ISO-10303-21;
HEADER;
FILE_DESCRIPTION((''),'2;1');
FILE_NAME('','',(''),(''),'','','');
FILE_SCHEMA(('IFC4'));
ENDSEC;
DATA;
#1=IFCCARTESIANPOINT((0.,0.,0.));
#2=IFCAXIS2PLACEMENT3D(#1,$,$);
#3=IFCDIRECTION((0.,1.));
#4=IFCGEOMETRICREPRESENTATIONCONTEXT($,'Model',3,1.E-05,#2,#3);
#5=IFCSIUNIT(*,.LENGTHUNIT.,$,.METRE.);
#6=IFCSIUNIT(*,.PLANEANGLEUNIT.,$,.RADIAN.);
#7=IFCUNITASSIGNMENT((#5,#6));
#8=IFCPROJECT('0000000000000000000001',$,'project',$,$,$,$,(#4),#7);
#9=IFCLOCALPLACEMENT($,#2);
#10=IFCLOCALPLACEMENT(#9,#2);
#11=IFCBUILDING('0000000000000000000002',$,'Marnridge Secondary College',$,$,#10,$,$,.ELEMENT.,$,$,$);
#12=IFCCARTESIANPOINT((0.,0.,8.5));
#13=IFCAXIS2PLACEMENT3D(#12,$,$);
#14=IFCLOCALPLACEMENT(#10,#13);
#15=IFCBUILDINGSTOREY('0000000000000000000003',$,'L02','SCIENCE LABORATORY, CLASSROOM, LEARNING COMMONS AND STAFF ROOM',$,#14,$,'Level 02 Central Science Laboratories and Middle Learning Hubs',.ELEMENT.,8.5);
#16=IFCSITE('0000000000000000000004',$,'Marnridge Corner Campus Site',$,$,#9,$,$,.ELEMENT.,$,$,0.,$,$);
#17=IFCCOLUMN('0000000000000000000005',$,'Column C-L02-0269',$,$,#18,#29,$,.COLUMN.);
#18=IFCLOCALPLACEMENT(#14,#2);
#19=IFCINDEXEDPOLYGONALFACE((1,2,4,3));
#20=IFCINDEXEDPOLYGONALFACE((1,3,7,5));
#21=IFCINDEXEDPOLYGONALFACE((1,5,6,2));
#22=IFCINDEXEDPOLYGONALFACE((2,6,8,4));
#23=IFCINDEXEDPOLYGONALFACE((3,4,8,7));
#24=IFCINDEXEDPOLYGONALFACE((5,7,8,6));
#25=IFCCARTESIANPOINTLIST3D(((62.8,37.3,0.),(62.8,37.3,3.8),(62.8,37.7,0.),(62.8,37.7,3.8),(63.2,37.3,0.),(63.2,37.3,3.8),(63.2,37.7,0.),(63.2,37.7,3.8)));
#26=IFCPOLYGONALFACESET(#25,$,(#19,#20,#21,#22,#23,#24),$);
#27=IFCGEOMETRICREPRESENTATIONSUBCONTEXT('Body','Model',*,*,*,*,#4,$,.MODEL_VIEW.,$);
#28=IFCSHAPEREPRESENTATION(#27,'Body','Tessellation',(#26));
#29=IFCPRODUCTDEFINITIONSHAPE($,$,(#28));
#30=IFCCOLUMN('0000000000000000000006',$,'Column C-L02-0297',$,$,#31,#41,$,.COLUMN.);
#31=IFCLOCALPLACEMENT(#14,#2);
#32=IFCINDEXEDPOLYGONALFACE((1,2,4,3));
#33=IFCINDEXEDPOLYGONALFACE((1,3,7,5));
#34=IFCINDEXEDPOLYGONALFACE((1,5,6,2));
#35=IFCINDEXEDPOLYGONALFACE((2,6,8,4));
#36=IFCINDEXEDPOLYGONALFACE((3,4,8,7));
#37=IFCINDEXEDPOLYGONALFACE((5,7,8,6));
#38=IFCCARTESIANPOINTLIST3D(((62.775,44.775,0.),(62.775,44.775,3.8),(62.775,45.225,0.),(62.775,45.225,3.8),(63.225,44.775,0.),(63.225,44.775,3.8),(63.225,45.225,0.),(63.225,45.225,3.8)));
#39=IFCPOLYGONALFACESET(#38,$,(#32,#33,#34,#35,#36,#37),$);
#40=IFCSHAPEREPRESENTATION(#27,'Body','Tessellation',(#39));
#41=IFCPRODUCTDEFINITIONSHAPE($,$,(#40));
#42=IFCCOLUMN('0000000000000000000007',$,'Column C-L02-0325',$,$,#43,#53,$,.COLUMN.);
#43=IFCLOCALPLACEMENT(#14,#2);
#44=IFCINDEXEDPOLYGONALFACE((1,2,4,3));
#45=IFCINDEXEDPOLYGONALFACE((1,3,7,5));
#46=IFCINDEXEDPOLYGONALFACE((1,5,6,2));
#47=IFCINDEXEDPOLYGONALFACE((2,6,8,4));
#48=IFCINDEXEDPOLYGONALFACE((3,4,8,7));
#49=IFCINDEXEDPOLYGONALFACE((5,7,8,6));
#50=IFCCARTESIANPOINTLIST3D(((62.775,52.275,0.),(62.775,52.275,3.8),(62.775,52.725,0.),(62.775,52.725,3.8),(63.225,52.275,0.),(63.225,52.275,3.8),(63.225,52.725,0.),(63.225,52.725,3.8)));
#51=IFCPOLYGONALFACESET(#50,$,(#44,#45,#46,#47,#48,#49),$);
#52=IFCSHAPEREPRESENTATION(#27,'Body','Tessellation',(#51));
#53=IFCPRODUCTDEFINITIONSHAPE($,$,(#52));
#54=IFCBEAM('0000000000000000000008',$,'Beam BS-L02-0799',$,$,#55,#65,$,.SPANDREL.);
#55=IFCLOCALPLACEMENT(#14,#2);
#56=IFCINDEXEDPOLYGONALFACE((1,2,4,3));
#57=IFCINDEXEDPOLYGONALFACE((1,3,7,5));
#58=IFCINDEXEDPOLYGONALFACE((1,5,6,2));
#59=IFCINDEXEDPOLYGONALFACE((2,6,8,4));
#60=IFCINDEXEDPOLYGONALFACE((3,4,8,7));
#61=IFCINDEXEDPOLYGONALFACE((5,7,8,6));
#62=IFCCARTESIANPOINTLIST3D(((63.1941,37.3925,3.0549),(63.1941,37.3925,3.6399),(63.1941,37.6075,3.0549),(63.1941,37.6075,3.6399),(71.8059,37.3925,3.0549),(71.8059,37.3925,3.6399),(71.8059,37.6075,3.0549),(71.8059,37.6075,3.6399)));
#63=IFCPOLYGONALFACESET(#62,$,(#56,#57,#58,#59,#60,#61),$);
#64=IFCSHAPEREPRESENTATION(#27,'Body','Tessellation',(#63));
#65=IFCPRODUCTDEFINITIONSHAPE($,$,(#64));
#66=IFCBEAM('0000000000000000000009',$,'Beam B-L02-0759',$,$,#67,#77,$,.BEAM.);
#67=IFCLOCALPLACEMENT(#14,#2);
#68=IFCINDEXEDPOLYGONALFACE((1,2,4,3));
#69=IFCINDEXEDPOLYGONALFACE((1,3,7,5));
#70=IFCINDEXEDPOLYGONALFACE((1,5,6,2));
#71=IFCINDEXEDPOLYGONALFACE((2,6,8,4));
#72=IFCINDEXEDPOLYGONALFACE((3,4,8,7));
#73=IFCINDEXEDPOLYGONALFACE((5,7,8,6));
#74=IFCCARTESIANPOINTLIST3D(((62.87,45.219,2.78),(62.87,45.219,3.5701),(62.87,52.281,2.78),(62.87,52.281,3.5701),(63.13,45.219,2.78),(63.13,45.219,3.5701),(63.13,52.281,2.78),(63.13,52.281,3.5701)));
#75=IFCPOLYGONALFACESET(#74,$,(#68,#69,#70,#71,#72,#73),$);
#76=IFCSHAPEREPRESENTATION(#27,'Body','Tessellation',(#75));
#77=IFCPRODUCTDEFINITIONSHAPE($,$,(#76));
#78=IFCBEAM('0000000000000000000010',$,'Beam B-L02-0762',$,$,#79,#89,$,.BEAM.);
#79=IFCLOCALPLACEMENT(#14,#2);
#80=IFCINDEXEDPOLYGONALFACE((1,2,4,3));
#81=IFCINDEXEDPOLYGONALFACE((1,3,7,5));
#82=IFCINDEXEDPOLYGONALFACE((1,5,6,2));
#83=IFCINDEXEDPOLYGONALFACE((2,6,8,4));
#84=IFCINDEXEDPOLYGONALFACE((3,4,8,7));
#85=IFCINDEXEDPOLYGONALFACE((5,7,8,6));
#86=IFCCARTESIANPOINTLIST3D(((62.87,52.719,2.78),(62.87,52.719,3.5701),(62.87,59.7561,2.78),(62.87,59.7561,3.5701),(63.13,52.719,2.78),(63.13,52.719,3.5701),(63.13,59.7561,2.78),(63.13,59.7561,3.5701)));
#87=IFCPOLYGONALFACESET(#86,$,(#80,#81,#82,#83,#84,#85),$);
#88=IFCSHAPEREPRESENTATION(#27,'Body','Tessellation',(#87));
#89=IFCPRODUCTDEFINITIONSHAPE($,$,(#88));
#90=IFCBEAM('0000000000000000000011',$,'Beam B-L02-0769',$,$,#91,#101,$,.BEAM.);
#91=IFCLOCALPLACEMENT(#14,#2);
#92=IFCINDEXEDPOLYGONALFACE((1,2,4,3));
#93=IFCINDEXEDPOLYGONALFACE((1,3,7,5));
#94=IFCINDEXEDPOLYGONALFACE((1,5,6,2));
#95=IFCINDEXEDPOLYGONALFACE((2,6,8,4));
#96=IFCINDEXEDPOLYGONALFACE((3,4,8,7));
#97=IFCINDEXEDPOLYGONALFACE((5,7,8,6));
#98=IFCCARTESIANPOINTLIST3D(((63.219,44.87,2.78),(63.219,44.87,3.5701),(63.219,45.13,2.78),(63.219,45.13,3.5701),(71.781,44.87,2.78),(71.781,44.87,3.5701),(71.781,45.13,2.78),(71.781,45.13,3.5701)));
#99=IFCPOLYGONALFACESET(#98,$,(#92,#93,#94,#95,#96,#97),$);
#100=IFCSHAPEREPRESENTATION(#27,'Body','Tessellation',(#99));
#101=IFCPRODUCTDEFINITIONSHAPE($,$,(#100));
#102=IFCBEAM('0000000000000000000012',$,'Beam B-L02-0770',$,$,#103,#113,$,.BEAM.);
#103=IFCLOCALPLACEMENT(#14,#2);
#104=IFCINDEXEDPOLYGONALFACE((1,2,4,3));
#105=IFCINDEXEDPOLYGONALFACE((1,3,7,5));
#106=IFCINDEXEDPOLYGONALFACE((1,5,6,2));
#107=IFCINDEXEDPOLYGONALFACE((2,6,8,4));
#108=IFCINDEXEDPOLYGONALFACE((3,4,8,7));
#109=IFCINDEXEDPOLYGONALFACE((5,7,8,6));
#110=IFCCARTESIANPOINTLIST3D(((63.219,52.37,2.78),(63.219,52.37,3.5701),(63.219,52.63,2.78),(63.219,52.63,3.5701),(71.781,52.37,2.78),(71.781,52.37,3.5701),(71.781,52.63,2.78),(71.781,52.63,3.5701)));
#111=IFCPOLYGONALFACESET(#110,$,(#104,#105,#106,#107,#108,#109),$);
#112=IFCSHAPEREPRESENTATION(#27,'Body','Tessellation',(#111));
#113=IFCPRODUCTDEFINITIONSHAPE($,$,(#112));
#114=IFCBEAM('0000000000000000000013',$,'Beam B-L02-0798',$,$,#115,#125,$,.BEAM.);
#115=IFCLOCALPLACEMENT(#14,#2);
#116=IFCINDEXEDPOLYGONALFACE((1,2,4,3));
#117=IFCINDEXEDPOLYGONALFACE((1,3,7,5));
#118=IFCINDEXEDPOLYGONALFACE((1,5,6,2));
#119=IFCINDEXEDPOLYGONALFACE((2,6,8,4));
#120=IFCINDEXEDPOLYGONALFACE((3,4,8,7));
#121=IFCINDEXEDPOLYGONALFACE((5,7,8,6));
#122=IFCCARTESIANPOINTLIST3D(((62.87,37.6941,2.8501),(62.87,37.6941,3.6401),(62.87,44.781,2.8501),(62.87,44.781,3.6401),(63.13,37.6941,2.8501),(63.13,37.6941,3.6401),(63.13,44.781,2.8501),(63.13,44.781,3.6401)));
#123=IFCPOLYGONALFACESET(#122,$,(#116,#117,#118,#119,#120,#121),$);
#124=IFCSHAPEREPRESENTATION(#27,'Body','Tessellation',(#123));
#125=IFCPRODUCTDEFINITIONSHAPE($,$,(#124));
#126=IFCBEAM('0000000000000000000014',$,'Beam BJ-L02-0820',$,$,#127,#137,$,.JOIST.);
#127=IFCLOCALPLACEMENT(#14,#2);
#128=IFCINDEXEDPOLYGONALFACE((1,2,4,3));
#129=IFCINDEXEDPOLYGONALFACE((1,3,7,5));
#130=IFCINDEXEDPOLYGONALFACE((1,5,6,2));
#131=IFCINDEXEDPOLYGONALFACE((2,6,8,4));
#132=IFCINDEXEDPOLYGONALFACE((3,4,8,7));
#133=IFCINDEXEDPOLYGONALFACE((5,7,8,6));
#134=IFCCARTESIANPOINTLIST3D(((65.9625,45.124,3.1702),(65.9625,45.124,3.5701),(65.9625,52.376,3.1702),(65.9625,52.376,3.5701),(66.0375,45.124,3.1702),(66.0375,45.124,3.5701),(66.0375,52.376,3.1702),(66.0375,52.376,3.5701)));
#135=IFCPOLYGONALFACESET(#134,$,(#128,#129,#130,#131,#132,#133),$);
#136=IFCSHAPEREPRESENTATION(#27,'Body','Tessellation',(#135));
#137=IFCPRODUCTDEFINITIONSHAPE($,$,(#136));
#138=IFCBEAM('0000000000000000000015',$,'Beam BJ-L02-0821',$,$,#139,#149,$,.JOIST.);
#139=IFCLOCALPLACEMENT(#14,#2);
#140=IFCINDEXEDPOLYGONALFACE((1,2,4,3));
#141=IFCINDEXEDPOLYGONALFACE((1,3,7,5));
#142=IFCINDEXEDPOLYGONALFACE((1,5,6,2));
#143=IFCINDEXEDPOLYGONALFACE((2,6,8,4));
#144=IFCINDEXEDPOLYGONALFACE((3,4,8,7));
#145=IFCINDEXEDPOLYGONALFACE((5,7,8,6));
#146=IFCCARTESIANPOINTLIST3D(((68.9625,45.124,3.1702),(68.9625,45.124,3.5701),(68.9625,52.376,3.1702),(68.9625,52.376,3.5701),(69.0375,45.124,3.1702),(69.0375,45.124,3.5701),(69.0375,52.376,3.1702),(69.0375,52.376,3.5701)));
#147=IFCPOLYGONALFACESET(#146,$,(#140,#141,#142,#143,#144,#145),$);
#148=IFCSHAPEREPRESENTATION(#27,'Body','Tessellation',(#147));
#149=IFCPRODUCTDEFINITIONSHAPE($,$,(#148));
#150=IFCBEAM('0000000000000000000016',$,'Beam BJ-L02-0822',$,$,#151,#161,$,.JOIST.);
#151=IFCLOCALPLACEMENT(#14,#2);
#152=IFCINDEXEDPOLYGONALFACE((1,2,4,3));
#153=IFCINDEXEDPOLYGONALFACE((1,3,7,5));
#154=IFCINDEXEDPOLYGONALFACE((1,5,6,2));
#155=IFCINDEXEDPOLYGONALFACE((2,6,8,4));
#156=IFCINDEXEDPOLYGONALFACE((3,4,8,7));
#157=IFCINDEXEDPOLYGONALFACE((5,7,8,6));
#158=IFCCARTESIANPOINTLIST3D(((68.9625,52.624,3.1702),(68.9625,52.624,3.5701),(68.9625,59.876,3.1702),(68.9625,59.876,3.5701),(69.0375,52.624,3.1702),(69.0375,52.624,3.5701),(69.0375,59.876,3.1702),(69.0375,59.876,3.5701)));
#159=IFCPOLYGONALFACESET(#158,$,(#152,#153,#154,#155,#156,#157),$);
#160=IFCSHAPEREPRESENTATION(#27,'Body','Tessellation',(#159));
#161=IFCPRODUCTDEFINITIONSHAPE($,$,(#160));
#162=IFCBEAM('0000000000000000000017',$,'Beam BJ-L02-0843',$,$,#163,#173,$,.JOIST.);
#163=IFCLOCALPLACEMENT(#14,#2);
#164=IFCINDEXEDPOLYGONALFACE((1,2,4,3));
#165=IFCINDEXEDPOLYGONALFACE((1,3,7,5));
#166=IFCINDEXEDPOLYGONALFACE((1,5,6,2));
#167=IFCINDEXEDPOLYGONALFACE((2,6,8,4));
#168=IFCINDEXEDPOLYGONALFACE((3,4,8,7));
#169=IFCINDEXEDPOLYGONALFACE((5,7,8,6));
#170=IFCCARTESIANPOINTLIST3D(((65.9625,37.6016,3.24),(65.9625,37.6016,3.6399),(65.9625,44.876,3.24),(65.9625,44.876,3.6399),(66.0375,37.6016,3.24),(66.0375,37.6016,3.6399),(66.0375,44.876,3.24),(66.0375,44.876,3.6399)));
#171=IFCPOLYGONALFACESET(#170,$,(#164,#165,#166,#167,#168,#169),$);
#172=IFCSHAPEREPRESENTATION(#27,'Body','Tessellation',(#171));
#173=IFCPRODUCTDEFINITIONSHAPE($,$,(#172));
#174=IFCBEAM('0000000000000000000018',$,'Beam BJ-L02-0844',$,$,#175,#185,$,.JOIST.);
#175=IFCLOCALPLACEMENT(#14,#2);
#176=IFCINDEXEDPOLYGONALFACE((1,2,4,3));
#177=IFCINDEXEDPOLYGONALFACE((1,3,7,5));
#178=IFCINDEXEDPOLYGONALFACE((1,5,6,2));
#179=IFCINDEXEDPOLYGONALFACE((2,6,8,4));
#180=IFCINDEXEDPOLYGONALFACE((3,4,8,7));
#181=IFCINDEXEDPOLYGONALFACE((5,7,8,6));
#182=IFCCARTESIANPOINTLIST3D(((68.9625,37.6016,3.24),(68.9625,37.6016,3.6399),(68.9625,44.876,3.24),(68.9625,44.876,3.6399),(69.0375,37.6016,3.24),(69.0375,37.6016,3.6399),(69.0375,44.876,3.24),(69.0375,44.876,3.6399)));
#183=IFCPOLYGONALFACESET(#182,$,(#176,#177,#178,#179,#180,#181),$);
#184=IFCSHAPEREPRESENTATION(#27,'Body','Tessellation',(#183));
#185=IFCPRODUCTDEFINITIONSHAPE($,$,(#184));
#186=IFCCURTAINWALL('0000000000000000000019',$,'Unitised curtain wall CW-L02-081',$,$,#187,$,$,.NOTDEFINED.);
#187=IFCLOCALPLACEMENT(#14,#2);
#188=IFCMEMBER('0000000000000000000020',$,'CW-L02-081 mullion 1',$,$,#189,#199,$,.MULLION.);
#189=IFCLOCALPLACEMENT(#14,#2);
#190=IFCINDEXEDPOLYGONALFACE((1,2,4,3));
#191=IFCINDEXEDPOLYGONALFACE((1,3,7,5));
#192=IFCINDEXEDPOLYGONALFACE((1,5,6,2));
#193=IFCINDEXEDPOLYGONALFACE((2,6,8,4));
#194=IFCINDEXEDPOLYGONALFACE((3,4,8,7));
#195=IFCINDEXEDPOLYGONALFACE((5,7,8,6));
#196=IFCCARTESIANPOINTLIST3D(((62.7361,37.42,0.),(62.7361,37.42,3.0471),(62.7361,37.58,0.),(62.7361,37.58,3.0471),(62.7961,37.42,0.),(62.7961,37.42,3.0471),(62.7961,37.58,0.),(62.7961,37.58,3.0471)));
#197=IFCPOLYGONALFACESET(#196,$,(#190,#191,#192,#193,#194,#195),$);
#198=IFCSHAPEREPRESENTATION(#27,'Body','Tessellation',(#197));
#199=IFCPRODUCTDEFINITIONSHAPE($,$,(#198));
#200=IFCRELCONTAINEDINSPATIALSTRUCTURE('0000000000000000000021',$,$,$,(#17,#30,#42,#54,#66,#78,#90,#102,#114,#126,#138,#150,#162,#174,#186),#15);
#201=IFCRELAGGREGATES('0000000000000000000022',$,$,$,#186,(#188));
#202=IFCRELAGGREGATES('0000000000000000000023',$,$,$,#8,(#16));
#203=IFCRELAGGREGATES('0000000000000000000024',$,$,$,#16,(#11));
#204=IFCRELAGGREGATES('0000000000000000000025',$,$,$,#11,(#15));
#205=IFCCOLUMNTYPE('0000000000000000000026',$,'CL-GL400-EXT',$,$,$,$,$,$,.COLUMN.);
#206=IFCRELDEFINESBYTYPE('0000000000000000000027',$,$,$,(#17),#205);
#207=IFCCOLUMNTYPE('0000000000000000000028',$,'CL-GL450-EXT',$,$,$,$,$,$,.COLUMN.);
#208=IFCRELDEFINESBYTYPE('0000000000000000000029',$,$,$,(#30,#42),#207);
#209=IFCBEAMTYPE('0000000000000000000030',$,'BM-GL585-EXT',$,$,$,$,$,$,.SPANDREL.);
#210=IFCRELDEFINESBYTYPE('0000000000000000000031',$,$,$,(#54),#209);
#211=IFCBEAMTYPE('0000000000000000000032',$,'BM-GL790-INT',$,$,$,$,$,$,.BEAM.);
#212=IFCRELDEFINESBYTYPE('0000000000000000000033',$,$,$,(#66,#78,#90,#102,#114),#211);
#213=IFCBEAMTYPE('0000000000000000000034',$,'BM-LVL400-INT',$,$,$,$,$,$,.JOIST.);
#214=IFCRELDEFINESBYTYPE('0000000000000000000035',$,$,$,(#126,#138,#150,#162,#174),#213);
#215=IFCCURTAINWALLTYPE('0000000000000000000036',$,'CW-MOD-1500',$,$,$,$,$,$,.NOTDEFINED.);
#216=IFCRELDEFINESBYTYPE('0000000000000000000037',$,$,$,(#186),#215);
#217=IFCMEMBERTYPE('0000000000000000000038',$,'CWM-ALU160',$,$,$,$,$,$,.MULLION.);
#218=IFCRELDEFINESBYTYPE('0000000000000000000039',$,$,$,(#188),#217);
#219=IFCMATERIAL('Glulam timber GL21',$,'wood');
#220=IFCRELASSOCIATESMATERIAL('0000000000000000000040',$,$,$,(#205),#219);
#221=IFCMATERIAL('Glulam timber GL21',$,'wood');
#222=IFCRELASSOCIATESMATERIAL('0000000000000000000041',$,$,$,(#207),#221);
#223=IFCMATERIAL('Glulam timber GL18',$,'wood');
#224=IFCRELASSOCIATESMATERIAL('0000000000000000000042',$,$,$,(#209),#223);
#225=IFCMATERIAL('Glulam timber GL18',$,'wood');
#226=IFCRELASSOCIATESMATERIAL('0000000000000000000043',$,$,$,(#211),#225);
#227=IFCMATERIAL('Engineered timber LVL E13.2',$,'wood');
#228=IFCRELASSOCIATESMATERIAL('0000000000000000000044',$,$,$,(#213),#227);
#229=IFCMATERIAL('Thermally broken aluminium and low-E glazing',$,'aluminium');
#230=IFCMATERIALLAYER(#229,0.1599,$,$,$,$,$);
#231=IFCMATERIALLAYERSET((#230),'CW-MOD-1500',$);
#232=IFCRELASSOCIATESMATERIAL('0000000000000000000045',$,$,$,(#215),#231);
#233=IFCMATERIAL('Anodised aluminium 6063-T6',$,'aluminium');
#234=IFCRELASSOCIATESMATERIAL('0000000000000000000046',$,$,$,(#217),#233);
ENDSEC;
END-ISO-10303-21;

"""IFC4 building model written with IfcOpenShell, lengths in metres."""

from ifc_helpers import new_model, si_unit, direction, frame, origin, origin_2d, place, context, subcontext, project, spatial, rectangle, extrude, material, layer, layer_set, material_profile, profile_set, type_object, element, aggregate, save


model = new_model("IFC4")

# Units and contexts
model_context = context("Model", 3, precision=1e-05, world=origin(), true_north=direction((0.0, 1.0)))
body_context = subcontext(model_context, "Body", "Model", "MODEL_VIEW")
ifc_project = project(units=[si_unit("LENGTHUNIT", "METRE"), si_unit("PLANEANGLEUNIT", "RADIAN")], contexts=[model_context])

# Site, building, storey
site_placement = place(None, origin())
site = spatial("IfcSite", under=ifc_project, at=site_placement, Name="Marnridge Corner Campus Site", CompositionType="ELEMENT", RefElevation=0.0)
building_placement = place(site_placement, origin())
building = spatial("IfcBuilding", under=site, at=building_placement, Name="Marnridge Secondary College", CompositionType="ELEMENT")
storey_placement = place(building_placement, frame((0.0, 0.0, 8.5)))
storey = spatial("IfcBuildingStorey", under=building, at=storey_placement, Name="L02", Description="SCIENCE LABORATORY, CLASSROOM, LEARNING COMMONS AND STAFF ROOM", LongName="Level 02 Central Science Laboratories and Middle Learning Hubs", CompositionType="ELEMENT", Elevation=8.5)

# Columns
ifc_material_1 = material(Name="Glulam timber GL21", Category="wood")
ifc_material_profile_1 = material_profile(ifc_material_1, rectangle(XDim=0.3999, YDim=0.3999, at=origin_2d()), Name="GL21 400x400")
ifc_profile_set_1 = profile_set([ifc_material_profile_1], Name="Glulam timber GL21")
column_type_1 = type_object("IfcColumnType", Name="CL-GL400-EXT", PredefinedType="COLUMN", material=ifc_profile_set_1)
column_placement = place(storey_placement, frame((63.0, 37.5, 0.0), z_axis=(0.0, 0.0, 1.0), x_axis=(1.0, 0.0, 0.0)))
element("IfcColumn", 1, at=column_placement, inside=storey, type_object=column_type_1, Name="Column C-L02-0269", PredefinedType="COLUMN", context=body_context, shape_type="SweptSolid", body=[
    extrude(rectangle(XDim=0.3999, YDim=0.3999, at=origin_2d()), origin(), (0.0, 0.0, 1.0), 3.8),
])
ifc_material_2 = material(Name="Glulam timber GL21", Category="wood")
ifc_material_profile_2 = material_profile(ifc_material_2, rectangle(XDim=0.45, YDim=0.45, at=origin_2d()), Name="GL21 450x450")
ifc_profile_set_2 = profile_set([ifc_material_profile_2], Name="Glulam timber GL21")
column_type_2 = type_object("IfcColumnType", Name="CL-GL450-EXT", PredefinedType="COLUMN", material=ifc_profile_set_2)
for number, where, z_axis, x_axis, name in (
    (2, (63.0, 45.0, 0.0), (0.0, 0.0, 1.0), (1.0, 0.0, 0.0), "Column C-L02-0297"),
    (3, (63.0, 52.5, 0.0), (0.0, 0.0, 1.0), (1.0, 0.0, 0.0), "Column C-L02-0325"),
):
    element("IfcColumn", number, at=place(storey_placement, frame(where, z_axis=z_axis, x_axis=x_axis)), inside=storey, type_object=column_type_2, Name=name, PredefinedType="COLUMN", context=body_context, shape_type="SweptSolid", body=[
        extrude(rectangle(XDim=0.45, YDim=0.45, at=origin_2d()), origin(), (0.0, 0.0, 1.0), 3.8),
    ])

# Beams
ifc_material_3 = material(Name="Glulam timber GL18", Category="wood")
ifc_material_profile_3 = material_profile(ifc_material_3, rectangle(XDim=0.2151, YDim=0.585, at=origin_2d()), Name="GL18 215x585")
ifc_profile_set_3 = profile_set([ifc_material_profile_3], Name="Glulam timber GL18")
beam_type_1 = type_object("IfcBeamType", Name="BM-GL585-EXT", PredefinedType="SPANDREL", material=ifc_profile_set_3)
beam_1_placement = place(storey_placement, frame((63.1941, 37.5, 3.3474), z_axis=(1.0, 0.0, 0.0), x_axis=(0.0, 1.0, 0.0)))
element("IfcBeam", 4, at=beam_1_placement, inside=storey, type_object=beam_type_1, Name="Beam BS-L02-0799", PredefinedType="SPANDREL", context=body_context, shape_type="SweptSolid", body=[
    extrude(rectangle(XDim=0.2151, YDim=0.585, at=origin_2d()), origin(), (0.0, 0.0, 1.0), 8.6118),
])
ifc_material_4 = material(Name="Glulam timber GL18", Category="wood")
ifc_material_profile_4 = material_profile(ifc_material_4, rectangle(XDim=0.26, YDim=0.79, at=origin_2d()), Name="GL18 260x790")
ifc_profile_set_4 = profile_set([ifc_material_profile_4], Name="Glulam timber GL18")
beam_type_2 = type_object("IfcBeamType", Name="BM-GL790-INT", PredefinedType="BEAM", material=ifc_profile_set_4)
beam_2_placement = place(storey_placement, frame((63.0, 45.219, 3.175), z_axis=(0.0, 1.0, 0.0), x_axis=(-1.0, 0.0, 0.0)))
element("IfcBeam", 5, at=beam_2_placement, inside=storey, type_object=beam_type_2, Name="Beam B-L02-0759", PredefinedType="BEAM", context=body_context, shape_type="SweptSolid", body=[
    extrude(rectangle(XDim=0.26, YDim=0.79, at=origin_2d()), origin(), (0.0, 0.0, 1.0), 7.062),
])
beam_3_placement = place(storey_placement, frame((63.0, 52.719, 3.175), z_axis=(0.0, 1.0, 0.0), x_axis=(-1.0, 0.0, 0.0)))
element("IfcBeam", 6, at=beam_3_placement, inside=storey, type_object=beam_type_2, Name="Beam B-L02-0762", PredefinedType="BEAM", context=body_context, shape_type="SweptSolid", body=[
    extrude(rectangle(XDim=0.26, YDim=0.79, at=origin_2d()), origin(), (0.0, 0.0, 1.0), 7.0371),
])
for number, where, z_axis, x_axis, name in (
    (7, (63.219, 45.0, 3.175), (1.0, 0.0, 0.0), (0.0, 1.0, 0.0), "Beam B-L02-0769"),
    (8, (63.219, 52.5, 3.175), (1.0, 0.0, 0.0), (0.0, 1.0, 0.0), "Beam B-L02-0770"),
):
    element("IfcBeam", number, at=place(storey_placement, frame(where, z_axis=z_axis, x_axis=x_axis)), inside=storey, type_object=beam_type_2, Name=name, PredefinedType="BEAM", context=body_context, shape_type="SweptSolid", body=[
        extrude(rectangle(XDim=0.26, YDim=0.79, at=origin_2d()), origin(), (0.0, 0.0, 1.0), 8.562),
    ])
beam_4_placement = place(storey_placement, frame((63.0, 37.6941, 3.2451), z_axis=(0.0, 1.0, 0.0), x_axis=(-1.0, 0.0, 0.0)))
element("IfcBeam", 9, at=beam_4_placement, inside=storey, type_object=beam_type_2, Name="Beam B-L02-0798", PredefinedType="BEAM", context=body_context, shape_type="SweptSolid", body=[
    extrude(rectangle(XDim=0.26, YDim=0.79, at=origin_2d()), origin(), (0.0, 0.0, 1.0), 7.0869),
])
ifc_material_5 = material(Name="Engineered timber LVL E13.2", Category="wood")
ifc_material_profile_5 = material_profile(ifc_material_5, rectangle(XDim=0.075, YDim=0.3999, at=origin_2d()), Name="LVL 75x400")
ifc_profile_set_5 = profile_set([ifc_material_profile_5], Name="Engineered timber LVL E13.2")
beam_type_3 = type_object("IfcBeamType", Name="BM-LVL400-INT", PredefinedType="JOIST", material=ifc_profile_set_5)
for number, where, z_axis, x_axis, name in (
    (10, (66.0, 45.124, 3.3701), (0.0, 1.0, 0.0), (-1.0, 0.0, 0.0), "Beam BJ-L02-0820"),
    (11, (69.0, 45.124, 3.3701), (0.0, 1.0, 0.0), (-1.0, 0.0, 0.0), "Beam BJ-L02-0821"),
    (12, (69.0, 52.624, 3.3701), (0.0, 1.0, 0.0), (-1.0, 0.0, 0.0), "Beam BJ-L02-0822"),
):
    element("IfcBeam", number, at=place(storey_placement, frame(where, z_axis=z_axis, x_axis=x_axis)), inside=storey, type_object=beam_type_3, Name=name, PredefinedType="JOIST", context=body_context, shape_type="SweptSolid", body=[
        extrude(rectangle(XDim=0.075, YDim=0.3999, at=origin_2d()), origin(), (0.0, 0.0, 1.0), 7.252),
    ])
for number, where, z_axis, x_axis, name in (
    (13, (66.0, 37.6016, 3.4399), (0.0, 1.0, 0.0), (-1.0, 0.0, 0.0), "Beam BJ-L02-0843"),
    (14, (69.0, 37.6016, 3.4399), (0.0, 1.0, 0.0), (-1.0, 0.0, 0.0), "Beam BJ-L02-0844"),
):
    element("IfcBeam", number, at=place(storey_placement, frame(where, z_axis=z_axis, x_axis=x_axis)), inside=storey, type_object=beam_type_3, Name=name, PredefinedType="JOIST", context=body_context, shape_type="SweptSolid", body=[
        extrude(rectangle(XDim=0.075, YDim=0.3999, at=origin_2d()), origin(), (0.0, 0.0, 1.0), 7.2744),
    ])

# Curtain wall, member
ifc_material_6 = material(Name="Thermally broken aluminium and low-E glazing", Category="aluminium")
ifc_layer_1 = layer(ifc_material_6, 0.1599)
ifc_layer_set_1 = layer_set([ifc_layer_1], Name="CW-MOD-1500")
curtain_wall_type = type_object("IfcCurtainWallType", Name="CW-MOD-1500", PredefinedType="NOTDEFINED", material=ifc_layer_set_1)
curtain_wall_placement = place(storey_placement, origin())
curtain_wall = element("IfcCurtainWall", 15, at=curtain_wall_placement, inside=storey, type_object=curtain_wall_type, Name="Unitised curtain wall CW-L02-081", PredefinedType="NOTDEFINED")
ifc_material_7 = material(Name="Anodised aluminium 6063-T6", Category="aluminium")
ifc_material_profile_6 = material_profile(ifc_material_7, rectangle(XDim=0.0601, YDim=0.1599, at=origin_2d()), Name="ALU 60x160")
ifc_profile_set_6 = profile_set([ifc_material_profile_6], Name="Anodised aluminium 6063-T6")
member_type_1 = type_object("IfcMemberType", Name="CWM-ALU160", PredefinedType="MULLION", material=ifc_profile_set_6)
member_1_placement = place(storey_placement, frame((62.7661, 37.5, 0.0), z_axis=(0.0, 0.0, 1.0), x_axis=(-1.0, 0.0, 0.0)))
member_1 = element("IfcMember", 16, at=member_1_placement, type_object=member_type_1, Name="CW-L02-081 mullion 1", PredefinedType="MULLION", context=body_context, shape_type="SweptSolid", body=[
    extrude(rectangle(XDim=0.0601, YDim=0.1599, at=origin_2d()), origin(), (0.0, 0.0, 1.0), 3.0471),
])
aggregate(curtain_wall, [member_1])

save(model, "model.ifc")
